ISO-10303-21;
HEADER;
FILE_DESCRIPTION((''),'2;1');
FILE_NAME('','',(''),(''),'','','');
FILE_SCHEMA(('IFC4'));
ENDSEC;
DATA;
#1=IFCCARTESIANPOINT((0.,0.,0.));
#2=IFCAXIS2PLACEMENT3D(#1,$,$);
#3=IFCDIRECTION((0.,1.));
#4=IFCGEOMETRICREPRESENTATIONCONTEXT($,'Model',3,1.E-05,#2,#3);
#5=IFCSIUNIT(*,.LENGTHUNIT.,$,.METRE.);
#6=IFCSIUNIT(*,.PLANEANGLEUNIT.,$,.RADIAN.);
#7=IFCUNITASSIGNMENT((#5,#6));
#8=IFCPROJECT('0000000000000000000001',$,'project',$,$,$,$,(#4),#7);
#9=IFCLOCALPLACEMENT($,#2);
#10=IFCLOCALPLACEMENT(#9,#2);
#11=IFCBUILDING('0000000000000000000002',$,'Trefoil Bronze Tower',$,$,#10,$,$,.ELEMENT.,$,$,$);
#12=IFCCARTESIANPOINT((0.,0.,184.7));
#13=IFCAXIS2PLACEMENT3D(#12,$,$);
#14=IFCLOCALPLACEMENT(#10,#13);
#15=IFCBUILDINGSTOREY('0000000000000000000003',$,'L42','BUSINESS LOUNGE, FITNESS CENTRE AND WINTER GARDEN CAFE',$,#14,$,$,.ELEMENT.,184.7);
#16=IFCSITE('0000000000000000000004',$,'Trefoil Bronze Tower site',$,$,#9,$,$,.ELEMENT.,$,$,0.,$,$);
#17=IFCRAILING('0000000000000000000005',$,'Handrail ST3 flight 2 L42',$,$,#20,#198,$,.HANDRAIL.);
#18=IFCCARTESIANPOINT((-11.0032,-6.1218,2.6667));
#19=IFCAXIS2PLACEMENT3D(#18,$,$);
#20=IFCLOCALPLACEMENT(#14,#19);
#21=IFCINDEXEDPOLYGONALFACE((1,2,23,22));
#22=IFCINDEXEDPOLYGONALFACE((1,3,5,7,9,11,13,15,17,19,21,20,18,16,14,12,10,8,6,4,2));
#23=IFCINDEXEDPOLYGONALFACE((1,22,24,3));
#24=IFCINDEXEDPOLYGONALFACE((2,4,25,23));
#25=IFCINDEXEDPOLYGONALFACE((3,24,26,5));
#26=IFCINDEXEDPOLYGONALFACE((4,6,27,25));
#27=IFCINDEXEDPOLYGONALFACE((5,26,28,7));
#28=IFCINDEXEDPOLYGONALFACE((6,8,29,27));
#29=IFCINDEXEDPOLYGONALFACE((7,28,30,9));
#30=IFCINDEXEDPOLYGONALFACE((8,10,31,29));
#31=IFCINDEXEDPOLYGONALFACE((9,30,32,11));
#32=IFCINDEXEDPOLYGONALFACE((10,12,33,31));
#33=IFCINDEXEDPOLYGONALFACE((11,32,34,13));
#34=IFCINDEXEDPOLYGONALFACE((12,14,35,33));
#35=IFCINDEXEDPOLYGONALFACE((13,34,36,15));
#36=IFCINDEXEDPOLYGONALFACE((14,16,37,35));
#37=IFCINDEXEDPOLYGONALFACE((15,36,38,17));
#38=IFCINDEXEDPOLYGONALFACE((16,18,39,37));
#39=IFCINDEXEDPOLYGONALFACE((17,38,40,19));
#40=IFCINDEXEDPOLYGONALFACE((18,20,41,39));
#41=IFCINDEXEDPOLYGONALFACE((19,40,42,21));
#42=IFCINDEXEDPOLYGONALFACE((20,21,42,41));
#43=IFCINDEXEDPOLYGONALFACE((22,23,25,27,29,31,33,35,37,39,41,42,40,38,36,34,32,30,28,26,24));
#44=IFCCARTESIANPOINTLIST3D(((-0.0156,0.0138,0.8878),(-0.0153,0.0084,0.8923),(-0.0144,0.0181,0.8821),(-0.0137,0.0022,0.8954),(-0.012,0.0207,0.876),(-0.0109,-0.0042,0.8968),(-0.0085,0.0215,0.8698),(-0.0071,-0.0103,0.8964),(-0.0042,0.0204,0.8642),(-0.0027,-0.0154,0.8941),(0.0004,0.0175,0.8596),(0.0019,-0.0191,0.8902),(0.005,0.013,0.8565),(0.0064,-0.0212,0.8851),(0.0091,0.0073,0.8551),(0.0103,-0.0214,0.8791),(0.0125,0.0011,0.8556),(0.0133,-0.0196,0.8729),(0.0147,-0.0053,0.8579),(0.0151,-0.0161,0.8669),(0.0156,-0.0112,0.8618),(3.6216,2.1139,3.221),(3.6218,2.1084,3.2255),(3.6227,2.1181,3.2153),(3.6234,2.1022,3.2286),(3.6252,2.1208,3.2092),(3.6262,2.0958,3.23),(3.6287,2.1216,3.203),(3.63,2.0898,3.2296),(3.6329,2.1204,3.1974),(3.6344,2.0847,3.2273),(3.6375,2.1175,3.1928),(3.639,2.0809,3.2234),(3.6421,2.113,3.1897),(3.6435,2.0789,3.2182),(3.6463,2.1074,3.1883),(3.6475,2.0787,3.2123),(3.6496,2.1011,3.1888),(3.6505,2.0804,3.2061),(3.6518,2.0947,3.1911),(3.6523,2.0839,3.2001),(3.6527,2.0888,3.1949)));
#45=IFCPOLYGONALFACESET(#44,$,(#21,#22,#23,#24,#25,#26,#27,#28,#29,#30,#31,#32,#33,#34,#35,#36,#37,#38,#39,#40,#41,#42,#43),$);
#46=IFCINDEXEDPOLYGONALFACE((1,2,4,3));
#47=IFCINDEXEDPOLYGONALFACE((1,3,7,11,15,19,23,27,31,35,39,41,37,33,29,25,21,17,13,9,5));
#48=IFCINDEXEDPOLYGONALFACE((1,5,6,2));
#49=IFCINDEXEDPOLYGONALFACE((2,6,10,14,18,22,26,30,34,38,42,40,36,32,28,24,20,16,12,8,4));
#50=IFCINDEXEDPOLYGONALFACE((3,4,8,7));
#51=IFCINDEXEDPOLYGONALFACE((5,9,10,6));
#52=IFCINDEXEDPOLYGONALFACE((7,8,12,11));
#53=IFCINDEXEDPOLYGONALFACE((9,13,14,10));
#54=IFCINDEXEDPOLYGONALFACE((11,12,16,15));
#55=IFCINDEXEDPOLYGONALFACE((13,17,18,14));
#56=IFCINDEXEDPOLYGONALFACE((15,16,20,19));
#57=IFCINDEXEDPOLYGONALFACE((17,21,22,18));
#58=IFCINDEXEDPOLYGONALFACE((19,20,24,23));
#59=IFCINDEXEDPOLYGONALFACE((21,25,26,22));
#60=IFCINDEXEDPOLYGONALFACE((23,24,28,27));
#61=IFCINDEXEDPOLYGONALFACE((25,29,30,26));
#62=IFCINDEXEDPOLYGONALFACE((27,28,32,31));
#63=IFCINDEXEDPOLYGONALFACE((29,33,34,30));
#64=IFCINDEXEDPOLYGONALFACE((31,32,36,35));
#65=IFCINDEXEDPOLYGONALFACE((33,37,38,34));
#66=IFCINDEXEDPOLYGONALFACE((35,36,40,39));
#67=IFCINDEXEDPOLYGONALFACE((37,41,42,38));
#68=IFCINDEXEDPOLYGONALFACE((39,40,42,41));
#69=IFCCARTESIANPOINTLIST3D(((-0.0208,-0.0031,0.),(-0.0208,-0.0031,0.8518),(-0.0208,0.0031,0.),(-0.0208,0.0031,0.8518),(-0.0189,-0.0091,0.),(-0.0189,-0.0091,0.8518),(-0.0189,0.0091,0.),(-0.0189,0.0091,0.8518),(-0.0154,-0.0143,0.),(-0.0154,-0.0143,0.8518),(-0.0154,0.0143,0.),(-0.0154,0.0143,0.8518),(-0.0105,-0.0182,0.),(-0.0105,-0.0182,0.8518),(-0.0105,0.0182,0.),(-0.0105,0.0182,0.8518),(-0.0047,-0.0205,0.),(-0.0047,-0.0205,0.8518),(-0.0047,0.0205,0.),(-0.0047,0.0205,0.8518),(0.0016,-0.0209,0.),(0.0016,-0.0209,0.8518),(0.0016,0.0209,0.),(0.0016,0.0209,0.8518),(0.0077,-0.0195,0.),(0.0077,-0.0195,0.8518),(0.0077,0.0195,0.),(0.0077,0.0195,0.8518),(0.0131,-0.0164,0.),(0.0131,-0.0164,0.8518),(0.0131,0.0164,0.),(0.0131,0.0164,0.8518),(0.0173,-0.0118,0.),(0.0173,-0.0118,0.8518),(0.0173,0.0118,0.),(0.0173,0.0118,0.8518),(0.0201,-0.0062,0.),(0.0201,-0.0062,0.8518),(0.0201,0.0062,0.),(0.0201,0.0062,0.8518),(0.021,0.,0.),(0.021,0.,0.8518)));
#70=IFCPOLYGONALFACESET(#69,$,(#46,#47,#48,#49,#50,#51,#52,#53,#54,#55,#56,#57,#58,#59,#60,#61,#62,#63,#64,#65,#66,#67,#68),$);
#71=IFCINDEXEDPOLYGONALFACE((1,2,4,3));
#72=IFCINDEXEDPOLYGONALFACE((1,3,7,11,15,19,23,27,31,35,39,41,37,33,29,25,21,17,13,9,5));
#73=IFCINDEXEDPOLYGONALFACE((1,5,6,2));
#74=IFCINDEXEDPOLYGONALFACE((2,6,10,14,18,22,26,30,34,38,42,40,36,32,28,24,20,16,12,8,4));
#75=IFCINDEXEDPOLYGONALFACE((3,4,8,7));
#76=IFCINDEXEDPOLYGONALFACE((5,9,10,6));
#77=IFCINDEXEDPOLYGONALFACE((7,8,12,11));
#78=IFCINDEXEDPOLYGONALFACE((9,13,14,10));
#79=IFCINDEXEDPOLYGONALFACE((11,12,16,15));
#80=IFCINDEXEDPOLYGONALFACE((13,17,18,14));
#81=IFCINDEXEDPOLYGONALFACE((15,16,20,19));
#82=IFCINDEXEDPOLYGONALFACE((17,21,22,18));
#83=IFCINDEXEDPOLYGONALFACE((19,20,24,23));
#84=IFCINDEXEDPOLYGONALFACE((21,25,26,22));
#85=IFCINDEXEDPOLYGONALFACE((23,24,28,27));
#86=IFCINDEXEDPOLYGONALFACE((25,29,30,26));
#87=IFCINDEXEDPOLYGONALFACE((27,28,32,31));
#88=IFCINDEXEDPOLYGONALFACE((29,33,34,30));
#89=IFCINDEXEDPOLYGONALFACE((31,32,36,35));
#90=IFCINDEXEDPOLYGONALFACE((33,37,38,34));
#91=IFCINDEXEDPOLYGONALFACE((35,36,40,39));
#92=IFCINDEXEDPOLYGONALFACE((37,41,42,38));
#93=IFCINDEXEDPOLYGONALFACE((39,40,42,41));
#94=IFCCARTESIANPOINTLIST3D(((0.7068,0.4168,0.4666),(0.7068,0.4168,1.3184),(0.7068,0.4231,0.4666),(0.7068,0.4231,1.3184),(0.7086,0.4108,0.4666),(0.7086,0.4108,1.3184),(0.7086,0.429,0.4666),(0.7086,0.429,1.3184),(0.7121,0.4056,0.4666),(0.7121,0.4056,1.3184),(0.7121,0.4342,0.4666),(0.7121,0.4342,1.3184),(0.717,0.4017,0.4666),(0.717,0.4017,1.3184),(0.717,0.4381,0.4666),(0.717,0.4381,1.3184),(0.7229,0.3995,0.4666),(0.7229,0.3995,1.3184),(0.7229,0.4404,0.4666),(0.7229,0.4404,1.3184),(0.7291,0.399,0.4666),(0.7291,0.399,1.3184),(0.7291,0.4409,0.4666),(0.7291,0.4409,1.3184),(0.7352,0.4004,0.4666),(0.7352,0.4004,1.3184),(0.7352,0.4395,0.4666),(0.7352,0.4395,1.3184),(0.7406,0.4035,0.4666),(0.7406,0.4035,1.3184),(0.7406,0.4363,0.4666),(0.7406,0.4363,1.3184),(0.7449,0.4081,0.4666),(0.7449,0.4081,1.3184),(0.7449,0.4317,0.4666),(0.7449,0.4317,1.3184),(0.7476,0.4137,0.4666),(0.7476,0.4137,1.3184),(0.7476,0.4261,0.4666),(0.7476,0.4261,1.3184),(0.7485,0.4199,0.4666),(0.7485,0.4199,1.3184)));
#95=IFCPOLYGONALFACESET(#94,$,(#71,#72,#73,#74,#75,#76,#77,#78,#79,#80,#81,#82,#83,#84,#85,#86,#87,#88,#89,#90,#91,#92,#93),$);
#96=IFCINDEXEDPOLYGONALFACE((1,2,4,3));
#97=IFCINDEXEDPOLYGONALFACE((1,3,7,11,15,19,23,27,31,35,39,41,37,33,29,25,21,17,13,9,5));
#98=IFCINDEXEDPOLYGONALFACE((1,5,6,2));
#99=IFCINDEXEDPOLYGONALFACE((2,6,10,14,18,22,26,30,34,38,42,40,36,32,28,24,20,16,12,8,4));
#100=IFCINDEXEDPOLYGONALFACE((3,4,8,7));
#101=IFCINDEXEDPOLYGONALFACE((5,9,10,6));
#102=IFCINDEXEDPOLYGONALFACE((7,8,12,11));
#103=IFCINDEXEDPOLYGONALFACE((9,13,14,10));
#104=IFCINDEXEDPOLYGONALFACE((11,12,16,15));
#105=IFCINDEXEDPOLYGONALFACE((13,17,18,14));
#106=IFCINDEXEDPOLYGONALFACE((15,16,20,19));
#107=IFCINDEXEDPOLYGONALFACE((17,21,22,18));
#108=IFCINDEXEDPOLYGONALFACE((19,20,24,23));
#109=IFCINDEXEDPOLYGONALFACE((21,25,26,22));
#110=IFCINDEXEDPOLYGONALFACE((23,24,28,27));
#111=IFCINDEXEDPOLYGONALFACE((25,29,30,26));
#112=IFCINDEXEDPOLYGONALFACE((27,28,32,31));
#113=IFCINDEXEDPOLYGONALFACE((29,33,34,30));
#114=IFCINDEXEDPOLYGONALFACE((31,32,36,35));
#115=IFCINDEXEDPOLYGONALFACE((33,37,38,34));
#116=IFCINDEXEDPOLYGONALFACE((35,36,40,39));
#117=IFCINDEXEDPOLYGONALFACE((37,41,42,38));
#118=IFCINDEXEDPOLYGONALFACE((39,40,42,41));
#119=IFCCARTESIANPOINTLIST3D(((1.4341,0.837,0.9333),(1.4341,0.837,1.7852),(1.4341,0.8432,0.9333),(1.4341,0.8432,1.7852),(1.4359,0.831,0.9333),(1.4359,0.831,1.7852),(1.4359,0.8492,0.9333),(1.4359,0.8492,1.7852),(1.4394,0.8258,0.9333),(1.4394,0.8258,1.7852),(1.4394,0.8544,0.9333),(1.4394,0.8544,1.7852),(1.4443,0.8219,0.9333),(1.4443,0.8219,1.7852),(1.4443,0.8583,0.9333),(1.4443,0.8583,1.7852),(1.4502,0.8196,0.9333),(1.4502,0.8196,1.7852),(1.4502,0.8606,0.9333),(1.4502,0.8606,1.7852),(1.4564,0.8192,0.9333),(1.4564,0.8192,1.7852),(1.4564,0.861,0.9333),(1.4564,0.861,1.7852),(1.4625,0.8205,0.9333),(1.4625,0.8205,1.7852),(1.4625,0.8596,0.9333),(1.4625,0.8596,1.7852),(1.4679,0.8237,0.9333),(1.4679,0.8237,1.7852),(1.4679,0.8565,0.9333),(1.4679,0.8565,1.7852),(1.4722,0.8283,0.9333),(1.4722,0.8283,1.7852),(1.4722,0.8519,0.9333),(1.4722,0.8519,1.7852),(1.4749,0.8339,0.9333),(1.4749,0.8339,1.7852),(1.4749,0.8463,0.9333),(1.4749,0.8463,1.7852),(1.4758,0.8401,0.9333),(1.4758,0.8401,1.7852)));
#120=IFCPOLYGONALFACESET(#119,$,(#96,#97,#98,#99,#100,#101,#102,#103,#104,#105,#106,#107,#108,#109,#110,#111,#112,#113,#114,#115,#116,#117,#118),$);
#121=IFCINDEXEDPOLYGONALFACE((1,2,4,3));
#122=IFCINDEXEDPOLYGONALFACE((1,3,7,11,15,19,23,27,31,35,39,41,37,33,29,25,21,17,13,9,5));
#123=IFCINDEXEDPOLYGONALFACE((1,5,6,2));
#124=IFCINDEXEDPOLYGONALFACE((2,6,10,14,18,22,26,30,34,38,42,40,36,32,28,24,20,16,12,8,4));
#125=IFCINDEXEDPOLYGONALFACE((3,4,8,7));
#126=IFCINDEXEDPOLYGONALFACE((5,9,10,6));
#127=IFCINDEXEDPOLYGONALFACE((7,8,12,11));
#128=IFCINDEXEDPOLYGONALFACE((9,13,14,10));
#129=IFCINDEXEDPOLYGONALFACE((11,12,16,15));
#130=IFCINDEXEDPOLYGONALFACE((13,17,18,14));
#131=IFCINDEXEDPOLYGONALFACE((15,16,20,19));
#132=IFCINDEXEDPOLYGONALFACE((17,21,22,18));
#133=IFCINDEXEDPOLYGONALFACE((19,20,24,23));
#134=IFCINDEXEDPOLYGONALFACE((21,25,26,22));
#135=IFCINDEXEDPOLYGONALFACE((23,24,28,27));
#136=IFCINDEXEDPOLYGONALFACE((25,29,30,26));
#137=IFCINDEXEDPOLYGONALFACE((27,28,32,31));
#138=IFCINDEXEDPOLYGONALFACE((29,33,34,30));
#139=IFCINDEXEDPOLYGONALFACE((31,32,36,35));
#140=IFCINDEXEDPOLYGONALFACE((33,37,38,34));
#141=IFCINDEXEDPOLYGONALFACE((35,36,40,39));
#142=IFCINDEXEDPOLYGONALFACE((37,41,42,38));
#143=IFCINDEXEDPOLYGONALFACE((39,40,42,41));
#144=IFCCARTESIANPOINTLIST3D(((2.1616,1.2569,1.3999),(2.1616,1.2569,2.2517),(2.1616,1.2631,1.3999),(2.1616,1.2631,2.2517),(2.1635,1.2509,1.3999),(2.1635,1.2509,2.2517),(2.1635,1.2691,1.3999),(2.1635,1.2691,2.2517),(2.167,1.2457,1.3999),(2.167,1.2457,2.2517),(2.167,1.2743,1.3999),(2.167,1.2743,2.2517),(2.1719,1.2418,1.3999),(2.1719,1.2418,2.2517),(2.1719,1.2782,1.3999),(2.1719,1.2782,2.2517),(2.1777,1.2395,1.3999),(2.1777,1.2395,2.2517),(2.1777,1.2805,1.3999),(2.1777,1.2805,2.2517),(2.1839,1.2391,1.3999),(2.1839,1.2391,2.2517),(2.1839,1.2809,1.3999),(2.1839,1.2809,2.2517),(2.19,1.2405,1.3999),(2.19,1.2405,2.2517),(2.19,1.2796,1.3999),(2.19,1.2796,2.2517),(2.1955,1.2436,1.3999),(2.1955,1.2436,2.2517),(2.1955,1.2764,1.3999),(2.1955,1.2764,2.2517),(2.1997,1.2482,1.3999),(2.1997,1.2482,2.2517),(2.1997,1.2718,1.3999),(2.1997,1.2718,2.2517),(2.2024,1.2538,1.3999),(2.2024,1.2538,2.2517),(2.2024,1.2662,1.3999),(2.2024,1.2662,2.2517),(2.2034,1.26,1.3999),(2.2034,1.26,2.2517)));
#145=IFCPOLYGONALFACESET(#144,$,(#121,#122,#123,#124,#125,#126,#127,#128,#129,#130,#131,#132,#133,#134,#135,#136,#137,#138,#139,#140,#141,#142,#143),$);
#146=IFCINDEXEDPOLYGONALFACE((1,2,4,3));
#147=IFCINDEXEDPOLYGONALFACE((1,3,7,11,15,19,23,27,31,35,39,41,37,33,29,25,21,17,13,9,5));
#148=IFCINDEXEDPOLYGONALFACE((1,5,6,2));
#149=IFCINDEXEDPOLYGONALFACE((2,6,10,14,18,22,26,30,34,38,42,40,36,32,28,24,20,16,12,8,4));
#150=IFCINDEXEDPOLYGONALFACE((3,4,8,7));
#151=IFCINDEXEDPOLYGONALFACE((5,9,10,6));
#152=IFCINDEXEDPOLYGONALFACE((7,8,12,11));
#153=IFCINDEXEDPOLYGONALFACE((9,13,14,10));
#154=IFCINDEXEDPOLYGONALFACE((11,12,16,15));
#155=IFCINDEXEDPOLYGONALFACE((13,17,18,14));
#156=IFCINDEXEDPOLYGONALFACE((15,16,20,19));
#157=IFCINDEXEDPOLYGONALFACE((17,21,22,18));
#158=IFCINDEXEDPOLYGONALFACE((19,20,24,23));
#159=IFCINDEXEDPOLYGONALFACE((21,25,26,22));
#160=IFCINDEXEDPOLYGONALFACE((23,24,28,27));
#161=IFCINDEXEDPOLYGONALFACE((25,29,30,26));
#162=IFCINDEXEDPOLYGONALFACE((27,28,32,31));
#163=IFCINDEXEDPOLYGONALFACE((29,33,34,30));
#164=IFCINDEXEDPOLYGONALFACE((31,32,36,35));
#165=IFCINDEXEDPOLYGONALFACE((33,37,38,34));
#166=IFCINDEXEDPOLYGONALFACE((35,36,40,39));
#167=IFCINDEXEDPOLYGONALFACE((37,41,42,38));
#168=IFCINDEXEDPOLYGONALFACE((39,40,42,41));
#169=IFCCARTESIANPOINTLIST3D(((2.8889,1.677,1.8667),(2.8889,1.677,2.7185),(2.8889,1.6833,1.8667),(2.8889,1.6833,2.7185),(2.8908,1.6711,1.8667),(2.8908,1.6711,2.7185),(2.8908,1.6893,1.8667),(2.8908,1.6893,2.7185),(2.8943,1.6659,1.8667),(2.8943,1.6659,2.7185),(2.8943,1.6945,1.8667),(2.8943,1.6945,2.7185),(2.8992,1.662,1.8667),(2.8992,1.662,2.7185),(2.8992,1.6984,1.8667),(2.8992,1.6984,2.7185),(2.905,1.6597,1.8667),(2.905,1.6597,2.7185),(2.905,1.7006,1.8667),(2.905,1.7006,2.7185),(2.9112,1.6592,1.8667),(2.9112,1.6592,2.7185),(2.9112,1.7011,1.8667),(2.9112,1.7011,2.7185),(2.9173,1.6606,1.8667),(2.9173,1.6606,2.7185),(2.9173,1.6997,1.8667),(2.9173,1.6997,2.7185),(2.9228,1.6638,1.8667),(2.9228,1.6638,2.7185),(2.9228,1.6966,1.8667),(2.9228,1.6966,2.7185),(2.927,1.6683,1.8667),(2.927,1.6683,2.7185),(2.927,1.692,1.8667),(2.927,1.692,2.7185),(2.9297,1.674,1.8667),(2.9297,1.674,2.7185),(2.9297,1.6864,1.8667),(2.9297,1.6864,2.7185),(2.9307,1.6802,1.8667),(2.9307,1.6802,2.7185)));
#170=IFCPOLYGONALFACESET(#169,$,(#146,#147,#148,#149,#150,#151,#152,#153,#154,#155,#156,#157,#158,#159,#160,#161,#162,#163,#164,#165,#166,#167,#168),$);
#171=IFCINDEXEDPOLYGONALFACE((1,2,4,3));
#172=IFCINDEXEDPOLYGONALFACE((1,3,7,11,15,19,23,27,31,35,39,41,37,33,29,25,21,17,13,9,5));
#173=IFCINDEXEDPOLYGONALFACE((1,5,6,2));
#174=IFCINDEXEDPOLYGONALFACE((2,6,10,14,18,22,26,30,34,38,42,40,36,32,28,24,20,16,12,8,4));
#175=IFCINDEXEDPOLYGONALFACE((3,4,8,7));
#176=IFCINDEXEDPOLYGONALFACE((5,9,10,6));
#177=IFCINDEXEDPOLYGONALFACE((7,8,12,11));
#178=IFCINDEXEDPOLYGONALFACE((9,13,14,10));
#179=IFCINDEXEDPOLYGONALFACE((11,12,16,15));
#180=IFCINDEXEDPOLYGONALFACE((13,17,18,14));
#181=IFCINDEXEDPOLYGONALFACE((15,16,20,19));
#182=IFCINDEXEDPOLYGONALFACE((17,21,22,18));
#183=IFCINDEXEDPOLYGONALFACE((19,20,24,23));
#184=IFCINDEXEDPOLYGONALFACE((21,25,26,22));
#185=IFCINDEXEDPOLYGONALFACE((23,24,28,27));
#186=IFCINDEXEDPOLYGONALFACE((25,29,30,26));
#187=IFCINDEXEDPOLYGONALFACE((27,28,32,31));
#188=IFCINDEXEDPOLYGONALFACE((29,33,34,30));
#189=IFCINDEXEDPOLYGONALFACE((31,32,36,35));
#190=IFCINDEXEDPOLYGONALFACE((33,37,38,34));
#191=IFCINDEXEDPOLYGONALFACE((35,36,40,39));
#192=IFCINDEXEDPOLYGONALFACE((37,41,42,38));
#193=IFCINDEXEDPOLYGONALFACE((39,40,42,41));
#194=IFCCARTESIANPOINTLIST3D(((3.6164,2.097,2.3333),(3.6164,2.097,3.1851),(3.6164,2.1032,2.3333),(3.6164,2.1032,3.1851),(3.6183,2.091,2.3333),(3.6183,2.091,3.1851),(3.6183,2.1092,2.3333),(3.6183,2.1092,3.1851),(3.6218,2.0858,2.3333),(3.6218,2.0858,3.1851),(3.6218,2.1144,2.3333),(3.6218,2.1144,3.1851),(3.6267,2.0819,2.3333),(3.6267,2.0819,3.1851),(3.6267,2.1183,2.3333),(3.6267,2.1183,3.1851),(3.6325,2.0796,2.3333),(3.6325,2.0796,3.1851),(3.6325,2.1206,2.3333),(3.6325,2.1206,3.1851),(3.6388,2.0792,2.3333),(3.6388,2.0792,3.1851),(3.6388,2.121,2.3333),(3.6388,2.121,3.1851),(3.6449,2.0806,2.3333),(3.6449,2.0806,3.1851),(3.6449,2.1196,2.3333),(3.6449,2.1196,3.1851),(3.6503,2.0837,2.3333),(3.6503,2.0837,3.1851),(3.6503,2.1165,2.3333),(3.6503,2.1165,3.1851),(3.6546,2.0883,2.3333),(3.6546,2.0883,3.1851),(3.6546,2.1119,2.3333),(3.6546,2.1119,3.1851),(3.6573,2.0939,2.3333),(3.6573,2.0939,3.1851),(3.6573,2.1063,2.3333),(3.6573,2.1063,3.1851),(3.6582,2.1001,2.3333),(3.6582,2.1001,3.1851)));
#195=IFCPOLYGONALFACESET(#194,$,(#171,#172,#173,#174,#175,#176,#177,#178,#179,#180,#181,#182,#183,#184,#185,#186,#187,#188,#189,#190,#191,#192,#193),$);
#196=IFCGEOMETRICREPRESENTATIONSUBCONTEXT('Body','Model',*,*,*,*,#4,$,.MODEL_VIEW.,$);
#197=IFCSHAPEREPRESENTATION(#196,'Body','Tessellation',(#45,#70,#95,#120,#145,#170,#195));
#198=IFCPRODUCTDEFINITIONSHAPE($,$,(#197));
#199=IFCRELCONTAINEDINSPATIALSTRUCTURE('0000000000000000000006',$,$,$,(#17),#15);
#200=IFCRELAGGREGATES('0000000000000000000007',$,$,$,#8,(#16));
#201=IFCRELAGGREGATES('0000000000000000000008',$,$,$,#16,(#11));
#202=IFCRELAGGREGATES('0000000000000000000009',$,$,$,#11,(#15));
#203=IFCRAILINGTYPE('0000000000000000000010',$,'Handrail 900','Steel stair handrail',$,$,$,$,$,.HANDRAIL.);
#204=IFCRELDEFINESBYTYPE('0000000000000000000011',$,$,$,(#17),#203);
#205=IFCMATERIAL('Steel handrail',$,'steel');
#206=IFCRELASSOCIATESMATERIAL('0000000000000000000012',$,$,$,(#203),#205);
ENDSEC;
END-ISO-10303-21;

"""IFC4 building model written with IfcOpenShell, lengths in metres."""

from ifc_helpers import new_model, si_unit, direction, frame, origin, origin_2d, place, context, subcontext, project, spatial, circle, extrude, material, type_object, element, save


model = new_model("IFC4")

# Units and contexts
model_context = context("Model", 3, precision=1e-05, world=origin(), true_north=direction((0.0, 1.0)))
body_context = subcontext(model_context, "Body", "Model", "MODEL_VIEW")
ifc_project = project(units=[si_unit("LENGTHUNIT", "METRE"), si_unit("PLANEANGLEUNIT", "RADIAN")], contexts=[model_context])

# Site, building, storey
site_placement = place(None, origin())
site = spatial("IfcSite", under=ifc_project, at=site_placement, Name="Trefoil Bronze Tower site", CompositionType="ELEMENT", RefElevation=0.0)
building_placement = place(site_placement, origin())
building = spatial("IfcBuilding", under=site, at=building_placement, Name="Trefoil Bronze Tower", CompositionType="ELEMENT")
storey_placement = place(building_placement, frame((0.0, 0.0, 184.7)))
storey = spatial("IfcBuildingStorey", under=building, at=storey_placement, Name="L42", Description="BUSINESS LOUNGE, FITNESS CENTRE AND WINTER GARDEN CAFE", CompositionType="ELEMENT", Elevation=184.7)

# Railing
ifc_material_1 = material(Name="Steel handrail", Category="steel")
railing_type = type_object("IfcRailingType", Name="Handrail 900", Description="Steel stair handrail", PredefinedType="HANDRAIL", material=ifc_material_1)
railing_1_placement = place(storey_placement, frame((-11.0032, -6.1218, 2.6667)))
element("IfcRailing", 1, at=railing_1_placement, inside=storey, type_object=railing_type, Name="Handrail ST3 flight 2 L42", PredefinedType="HANDRAIL", context=body_context, shape_type="SweptSolid", body=[
    extrude(circle(Radius=0.0239, at=origin_2d()), frame((0.0, 0.0, 0.876), z_axis=(0.757033, 0.437106, 0.485633), x_axis=(-0.500028, 0.866009, 0.0)), (0.0, 0.0, 1.0), 4.8044),
    extrude(circle(Radius=0.021, at=origin_2d()), origin(), (0.0, 0.0, 1.0), 0.8518),
    extrude(circle(Radius=0.021, at=origin_2d()), frame((0.7275, 0.4199, 0.4666)), (0.0, 0.0, 1.0), 0.8518),
    extrude(circle(Radius=0.021, at=origin_2d()), frame((1.4548, 0.8401, 0.9333)), (0.0, 0.0, 1.0), 0.8518),
    extrude(circle(Radius=0.021, at=origin_2d()), frame((2.1824, 1.26, 1.3999)), (0.0, 0.0, 1.0), 0.8518),
    extrude(circle(Radius=0.021, at=origin_2d()), frame((2.9097, 1.6802, 1.8667)), (0.0, 0.0, 1.0), 0.8518),
    extrude(circle(Radius=0.021, at=origin_2d()), frame((3.6372, 2.1001, 2.3333)), (0.0, 0.0, 1.0), 0.8518),
])

save(model, "model.ifc")
